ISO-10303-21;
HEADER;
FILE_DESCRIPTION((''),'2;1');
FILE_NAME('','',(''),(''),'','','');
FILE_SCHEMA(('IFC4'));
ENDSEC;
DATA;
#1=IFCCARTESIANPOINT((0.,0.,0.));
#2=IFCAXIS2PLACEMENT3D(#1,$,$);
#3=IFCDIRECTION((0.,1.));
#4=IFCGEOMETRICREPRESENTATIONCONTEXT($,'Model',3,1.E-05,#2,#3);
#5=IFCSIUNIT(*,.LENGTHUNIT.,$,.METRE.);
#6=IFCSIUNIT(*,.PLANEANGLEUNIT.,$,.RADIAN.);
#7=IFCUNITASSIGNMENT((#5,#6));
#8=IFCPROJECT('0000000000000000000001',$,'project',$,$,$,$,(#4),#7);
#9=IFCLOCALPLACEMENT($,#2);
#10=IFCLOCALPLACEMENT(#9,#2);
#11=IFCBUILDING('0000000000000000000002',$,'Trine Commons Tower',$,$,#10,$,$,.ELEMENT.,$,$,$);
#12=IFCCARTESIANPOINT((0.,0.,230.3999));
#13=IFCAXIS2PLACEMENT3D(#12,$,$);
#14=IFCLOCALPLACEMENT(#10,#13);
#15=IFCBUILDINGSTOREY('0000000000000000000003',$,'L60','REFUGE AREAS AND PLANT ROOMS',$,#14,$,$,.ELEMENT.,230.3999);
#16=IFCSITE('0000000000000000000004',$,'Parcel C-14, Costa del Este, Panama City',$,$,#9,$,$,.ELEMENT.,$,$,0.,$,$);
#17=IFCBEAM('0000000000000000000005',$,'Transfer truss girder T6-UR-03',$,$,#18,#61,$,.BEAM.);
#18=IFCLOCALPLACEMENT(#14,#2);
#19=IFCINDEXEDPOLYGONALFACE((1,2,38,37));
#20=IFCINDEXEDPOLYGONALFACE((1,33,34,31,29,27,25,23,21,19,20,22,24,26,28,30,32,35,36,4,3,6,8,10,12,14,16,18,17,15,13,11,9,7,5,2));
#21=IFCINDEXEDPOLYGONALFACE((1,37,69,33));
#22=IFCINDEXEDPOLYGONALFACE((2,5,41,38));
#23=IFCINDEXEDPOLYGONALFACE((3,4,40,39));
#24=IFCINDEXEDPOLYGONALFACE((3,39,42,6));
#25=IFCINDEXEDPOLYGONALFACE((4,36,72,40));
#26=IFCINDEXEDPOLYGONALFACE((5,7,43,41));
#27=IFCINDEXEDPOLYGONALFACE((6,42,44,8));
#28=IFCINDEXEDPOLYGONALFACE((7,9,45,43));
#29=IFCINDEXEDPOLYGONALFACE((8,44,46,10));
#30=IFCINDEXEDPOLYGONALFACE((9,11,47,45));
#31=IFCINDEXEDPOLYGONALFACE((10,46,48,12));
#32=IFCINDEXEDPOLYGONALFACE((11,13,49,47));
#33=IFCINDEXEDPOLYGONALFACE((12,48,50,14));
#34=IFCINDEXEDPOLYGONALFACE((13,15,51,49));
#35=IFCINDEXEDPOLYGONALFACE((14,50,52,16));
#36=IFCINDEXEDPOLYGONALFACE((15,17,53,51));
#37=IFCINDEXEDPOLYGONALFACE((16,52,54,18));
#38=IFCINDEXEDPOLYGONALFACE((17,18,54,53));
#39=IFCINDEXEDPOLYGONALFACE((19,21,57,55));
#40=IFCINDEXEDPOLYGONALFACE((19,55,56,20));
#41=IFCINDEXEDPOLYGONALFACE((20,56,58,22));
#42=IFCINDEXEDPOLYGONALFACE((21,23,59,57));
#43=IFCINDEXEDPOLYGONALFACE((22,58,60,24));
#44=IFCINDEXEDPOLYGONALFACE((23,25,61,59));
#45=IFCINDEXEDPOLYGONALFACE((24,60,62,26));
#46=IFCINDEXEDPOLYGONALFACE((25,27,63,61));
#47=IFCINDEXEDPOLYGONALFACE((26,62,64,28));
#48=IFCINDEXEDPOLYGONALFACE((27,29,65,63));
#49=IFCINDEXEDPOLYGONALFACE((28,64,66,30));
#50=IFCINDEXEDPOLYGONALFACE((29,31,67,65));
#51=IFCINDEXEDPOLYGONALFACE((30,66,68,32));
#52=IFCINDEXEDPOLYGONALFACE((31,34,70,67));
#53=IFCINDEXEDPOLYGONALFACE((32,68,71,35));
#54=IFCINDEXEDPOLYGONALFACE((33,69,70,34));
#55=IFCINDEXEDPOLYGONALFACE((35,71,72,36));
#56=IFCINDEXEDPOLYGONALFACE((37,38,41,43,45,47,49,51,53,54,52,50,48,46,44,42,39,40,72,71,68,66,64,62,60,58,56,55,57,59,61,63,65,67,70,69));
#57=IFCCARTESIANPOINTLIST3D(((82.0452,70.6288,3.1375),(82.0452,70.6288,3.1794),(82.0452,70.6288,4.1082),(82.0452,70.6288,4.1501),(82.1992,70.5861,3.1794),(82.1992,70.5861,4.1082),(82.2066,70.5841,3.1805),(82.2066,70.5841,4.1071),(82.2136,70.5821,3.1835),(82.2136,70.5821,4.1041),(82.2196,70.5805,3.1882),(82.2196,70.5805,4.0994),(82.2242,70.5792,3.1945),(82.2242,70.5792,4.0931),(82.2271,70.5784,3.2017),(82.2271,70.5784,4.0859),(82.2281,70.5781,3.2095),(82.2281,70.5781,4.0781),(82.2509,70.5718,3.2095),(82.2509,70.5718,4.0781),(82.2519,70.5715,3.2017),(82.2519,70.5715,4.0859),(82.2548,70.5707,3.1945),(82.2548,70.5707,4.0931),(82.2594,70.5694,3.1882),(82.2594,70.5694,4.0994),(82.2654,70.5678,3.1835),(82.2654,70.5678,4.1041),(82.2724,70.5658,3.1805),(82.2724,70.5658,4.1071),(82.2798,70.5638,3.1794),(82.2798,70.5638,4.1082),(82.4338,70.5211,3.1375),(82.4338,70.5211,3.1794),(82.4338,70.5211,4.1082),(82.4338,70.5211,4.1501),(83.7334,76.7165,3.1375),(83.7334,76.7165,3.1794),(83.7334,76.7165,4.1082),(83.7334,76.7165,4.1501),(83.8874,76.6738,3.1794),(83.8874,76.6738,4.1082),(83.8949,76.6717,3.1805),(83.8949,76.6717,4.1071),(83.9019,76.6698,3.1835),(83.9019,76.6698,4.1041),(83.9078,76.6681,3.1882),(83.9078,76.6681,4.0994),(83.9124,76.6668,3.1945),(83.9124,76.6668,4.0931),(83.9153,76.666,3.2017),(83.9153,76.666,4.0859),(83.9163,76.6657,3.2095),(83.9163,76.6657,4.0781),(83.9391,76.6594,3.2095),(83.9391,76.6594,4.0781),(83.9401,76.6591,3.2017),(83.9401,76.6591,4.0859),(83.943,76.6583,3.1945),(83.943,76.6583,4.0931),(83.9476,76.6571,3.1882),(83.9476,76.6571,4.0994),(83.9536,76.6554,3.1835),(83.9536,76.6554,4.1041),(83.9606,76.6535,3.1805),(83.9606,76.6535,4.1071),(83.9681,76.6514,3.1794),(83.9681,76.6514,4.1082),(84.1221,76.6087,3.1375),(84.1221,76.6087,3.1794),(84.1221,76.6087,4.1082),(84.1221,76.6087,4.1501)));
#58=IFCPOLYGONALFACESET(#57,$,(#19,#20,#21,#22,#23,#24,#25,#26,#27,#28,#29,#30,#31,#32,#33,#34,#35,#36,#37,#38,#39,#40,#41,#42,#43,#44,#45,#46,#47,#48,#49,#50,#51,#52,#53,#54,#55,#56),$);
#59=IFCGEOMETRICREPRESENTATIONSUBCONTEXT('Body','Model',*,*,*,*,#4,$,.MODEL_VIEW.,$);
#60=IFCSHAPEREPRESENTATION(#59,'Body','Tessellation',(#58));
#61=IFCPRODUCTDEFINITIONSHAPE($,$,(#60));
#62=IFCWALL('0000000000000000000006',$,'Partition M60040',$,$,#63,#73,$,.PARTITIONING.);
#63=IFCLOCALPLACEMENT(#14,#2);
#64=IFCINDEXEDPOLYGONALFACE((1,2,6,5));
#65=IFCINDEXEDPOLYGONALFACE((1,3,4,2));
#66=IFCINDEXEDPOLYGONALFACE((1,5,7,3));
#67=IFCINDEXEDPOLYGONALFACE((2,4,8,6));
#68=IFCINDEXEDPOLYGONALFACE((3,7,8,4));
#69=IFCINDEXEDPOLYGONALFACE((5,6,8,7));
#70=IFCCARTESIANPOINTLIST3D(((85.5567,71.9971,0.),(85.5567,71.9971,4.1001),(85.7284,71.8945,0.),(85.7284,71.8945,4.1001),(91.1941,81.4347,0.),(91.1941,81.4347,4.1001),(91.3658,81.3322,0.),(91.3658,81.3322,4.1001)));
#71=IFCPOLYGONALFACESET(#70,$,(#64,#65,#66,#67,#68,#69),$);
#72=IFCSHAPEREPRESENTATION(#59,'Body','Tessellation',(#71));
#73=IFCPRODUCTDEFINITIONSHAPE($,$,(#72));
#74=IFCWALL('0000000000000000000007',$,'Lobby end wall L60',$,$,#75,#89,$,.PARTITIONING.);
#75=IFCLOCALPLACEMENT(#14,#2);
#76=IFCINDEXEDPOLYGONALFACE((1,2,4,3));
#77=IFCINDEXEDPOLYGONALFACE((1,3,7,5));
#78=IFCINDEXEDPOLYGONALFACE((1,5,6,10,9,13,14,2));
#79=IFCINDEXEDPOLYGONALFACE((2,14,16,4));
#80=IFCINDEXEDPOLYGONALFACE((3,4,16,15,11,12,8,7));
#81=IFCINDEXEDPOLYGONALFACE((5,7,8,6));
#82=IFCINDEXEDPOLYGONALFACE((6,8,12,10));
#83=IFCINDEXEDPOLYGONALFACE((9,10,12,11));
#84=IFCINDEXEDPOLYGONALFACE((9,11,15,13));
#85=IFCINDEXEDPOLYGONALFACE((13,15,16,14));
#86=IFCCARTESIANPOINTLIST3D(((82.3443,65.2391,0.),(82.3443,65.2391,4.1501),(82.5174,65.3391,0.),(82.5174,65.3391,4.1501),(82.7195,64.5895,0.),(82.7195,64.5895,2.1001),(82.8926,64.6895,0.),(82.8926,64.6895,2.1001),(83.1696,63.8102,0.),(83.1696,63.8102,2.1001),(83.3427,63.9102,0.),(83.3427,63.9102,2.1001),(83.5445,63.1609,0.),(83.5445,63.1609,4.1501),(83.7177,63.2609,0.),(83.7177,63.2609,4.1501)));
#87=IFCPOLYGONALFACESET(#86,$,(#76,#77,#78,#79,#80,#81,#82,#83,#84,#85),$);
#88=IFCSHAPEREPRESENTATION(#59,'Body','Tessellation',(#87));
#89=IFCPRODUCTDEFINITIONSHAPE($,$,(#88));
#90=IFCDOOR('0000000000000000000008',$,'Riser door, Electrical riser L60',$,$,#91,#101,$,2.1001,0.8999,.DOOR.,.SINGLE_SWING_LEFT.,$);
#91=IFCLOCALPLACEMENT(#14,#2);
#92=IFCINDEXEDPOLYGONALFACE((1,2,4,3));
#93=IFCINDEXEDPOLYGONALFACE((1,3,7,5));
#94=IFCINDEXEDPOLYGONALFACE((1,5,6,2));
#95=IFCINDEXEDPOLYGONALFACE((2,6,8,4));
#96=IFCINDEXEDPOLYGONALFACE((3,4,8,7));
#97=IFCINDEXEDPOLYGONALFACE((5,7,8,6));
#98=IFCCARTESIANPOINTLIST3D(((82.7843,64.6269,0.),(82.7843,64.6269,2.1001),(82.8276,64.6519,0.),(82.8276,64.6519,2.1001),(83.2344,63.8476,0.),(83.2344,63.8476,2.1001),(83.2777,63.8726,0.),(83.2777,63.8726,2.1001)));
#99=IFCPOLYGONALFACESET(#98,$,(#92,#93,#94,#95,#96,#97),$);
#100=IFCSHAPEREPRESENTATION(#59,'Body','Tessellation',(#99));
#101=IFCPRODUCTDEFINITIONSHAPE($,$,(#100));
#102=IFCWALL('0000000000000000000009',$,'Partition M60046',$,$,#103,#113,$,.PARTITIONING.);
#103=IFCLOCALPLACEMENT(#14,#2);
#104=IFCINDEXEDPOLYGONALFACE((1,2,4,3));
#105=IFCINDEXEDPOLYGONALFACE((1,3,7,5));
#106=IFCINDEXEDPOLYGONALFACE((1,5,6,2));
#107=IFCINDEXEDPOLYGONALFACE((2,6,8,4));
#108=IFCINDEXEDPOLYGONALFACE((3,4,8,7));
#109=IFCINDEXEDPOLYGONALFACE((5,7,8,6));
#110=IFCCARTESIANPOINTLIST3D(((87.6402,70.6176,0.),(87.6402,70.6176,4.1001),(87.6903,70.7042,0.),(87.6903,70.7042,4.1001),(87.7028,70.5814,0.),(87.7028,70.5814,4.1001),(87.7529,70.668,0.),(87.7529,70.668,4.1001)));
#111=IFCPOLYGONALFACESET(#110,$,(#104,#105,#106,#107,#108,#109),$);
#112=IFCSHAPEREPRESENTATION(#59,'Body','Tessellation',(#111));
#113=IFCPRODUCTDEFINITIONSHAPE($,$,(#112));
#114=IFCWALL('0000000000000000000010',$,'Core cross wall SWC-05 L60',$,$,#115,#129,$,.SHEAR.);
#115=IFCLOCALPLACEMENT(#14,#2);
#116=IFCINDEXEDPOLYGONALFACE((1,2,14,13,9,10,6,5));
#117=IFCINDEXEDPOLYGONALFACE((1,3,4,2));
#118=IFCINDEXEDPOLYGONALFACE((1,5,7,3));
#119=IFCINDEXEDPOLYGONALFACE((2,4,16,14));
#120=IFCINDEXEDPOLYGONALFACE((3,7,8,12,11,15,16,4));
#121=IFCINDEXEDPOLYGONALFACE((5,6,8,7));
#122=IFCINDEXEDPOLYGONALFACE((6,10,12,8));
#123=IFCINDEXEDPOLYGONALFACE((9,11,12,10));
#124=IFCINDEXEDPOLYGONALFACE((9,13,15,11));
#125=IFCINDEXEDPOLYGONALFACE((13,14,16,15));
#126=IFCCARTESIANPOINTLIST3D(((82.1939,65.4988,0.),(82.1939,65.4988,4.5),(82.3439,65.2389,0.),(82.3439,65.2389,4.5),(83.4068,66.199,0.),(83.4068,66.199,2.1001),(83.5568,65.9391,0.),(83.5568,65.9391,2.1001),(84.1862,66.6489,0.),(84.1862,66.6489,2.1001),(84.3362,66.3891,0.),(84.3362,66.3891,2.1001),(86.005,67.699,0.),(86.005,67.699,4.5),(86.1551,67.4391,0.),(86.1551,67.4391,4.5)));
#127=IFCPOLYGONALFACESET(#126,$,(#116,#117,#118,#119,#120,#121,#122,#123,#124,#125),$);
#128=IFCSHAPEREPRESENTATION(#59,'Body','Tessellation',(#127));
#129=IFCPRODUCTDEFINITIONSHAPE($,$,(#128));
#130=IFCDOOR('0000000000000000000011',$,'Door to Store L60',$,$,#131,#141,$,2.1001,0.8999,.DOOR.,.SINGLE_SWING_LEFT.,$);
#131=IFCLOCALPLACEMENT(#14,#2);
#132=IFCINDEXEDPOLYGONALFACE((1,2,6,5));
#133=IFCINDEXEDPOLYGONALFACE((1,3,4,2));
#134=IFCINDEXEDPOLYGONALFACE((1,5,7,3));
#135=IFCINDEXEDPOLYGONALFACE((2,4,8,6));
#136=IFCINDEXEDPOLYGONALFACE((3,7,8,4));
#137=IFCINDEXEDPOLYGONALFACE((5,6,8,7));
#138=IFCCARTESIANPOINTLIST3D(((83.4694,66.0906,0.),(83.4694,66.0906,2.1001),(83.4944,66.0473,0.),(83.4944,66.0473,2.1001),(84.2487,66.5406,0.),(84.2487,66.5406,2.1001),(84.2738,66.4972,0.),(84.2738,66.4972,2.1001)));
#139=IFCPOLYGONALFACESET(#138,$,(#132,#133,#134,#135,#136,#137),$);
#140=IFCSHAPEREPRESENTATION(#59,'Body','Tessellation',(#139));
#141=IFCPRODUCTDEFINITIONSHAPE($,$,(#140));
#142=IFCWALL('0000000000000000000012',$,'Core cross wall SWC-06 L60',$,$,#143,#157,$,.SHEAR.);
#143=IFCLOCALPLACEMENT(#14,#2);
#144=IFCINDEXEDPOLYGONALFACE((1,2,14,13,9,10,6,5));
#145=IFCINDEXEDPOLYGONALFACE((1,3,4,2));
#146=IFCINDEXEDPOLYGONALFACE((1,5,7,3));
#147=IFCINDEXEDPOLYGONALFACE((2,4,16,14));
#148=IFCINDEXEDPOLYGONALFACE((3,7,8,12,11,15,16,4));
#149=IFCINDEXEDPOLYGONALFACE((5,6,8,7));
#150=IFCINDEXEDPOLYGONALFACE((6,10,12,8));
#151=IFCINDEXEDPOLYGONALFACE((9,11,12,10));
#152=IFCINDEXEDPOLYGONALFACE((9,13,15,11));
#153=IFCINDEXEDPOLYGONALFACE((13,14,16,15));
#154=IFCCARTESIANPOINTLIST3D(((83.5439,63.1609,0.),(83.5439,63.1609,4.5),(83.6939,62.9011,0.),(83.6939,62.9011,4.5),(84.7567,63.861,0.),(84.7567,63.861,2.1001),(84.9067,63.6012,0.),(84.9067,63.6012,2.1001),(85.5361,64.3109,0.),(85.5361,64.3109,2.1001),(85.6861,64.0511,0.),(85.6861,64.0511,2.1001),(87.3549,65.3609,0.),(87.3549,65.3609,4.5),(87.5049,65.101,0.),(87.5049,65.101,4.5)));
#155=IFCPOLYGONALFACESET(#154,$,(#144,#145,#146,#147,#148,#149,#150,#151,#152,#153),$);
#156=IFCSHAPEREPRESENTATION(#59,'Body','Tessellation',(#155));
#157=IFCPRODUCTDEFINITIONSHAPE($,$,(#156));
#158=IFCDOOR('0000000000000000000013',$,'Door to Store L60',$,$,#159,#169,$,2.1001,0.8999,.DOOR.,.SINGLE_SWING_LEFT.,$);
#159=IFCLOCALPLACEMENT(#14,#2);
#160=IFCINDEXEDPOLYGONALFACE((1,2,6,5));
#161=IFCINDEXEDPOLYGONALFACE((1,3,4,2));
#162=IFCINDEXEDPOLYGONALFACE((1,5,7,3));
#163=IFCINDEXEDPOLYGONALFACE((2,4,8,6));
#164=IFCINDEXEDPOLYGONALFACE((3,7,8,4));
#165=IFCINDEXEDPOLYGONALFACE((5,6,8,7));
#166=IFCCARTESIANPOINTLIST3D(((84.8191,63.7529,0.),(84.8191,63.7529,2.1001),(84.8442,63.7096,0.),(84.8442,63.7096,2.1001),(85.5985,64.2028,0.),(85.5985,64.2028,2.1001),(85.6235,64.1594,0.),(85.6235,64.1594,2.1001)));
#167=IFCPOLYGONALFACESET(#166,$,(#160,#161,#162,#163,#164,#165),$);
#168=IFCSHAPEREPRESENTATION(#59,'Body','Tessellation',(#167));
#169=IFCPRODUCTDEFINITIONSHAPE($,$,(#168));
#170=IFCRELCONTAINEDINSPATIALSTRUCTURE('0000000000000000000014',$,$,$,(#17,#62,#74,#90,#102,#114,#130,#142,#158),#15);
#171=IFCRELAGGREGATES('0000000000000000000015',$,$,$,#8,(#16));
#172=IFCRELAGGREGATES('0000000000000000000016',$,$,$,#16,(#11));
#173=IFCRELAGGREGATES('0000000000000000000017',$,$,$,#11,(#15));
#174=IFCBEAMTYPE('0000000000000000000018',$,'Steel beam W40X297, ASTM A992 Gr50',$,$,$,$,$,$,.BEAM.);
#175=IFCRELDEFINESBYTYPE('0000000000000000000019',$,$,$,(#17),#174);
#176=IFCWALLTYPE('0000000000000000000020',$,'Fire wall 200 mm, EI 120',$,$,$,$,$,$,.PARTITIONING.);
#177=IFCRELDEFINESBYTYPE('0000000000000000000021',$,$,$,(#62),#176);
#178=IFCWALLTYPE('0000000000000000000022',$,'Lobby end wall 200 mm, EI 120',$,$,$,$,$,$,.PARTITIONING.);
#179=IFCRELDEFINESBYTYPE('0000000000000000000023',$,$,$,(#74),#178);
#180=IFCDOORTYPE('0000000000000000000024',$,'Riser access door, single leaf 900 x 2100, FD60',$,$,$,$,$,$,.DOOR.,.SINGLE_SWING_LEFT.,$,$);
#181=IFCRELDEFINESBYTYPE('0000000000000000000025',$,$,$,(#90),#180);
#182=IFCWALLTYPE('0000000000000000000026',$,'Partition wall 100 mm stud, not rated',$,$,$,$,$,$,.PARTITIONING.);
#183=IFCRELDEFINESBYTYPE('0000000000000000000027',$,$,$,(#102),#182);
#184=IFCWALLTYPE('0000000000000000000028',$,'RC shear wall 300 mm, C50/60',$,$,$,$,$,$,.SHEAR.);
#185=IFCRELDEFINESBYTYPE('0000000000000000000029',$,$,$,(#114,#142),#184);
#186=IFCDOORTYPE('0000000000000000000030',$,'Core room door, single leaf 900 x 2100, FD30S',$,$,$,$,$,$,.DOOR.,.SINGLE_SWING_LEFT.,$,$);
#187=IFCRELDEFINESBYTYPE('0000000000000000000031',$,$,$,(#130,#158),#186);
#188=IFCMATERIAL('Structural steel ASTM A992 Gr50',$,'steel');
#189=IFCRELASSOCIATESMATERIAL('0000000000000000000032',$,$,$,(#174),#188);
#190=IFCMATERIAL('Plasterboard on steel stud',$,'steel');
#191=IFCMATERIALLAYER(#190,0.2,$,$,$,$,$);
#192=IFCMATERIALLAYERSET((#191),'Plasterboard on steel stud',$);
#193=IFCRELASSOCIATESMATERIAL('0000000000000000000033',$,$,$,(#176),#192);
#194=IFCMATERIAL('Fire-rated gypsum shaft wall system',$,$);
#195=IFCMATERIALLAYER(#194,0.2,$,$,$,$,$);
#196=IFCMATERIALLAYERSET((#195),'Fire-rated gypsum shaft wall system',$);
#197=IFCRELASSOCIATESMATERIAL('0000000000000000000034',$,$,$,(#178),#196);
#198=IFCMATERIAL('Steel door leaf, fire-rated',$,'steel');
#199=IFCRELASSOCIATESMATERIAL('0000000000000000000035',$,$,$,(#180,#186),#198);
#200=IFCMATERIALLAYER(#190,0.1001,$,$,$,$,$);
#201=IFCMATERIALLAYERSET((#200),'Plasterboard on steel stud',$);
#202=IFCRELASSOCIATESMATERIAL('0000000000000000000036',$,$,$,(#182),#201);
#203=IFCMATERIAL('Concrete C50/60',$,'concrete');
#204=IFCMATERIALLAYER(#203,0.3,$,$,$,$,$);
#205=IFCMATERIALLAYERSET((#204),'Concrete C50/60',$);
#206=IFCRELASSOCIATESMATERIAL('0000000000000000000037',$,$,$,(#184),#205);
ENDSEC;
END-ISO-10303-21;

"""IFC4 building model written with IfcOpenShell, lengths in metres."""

from ifc_helpers import new_model, si_unit, direction, frame, frame_2d, origin, origin_2d, place, context, subcontext, project, spatial, rectangle, i_section, extrude, material, layer, layer_set, material_profile, profile_set, type_object, element, fill, save


model = new_model("IFC4")

# Units and contexts
model_context = context("Model", 3, precision=1e-05, world=origin(), true_north=direction((0.0, 1.0)))
body_context = subcontext(model_context, "Body", "Model", "MODEL_VIEW")
ifc_project = project(units=[si_unit("LENGTHUNIT", "METRE"), si_unit("PLANEANGLEUNIT", "RADIAN")], contexts=[model_context])

# Site, building, storey
site_placement = place(None, origin())
site = spatial("IfcSite", under=ifc_project, at=site_placement, Name="Parcel C-14, Costa del Este, Panama City", CompositionType="ELEMENT", RefElevation=0.0)
building_placement = place(site_placement, origin())
building = spatial("IfcBuilding", under=site, at=building_placement, Name="Trine Commons Tower", CompositionType="ELEMENT")
storey_placement = place(building_placement, frame((0.0, 0.0, 230.3999)))
storey = spatial("IfcBuildingStorey", under=building, at=storey_placement, Name="L60", Description="REFUGE AREAS AND PLANT ROOMS", CompositionType="ELEMENT", Elevation=230.3999)

# Beam
ifc_material_1 = material(Name="Structural steel ASTM A992 Gr50", Category="steel")
ifc_material_profile = material_profile(ifc_material_1, i_section(OverallWidth=0.4033, OverallDepth=1.0127, WebThickness=0.0237, FlangeThickness=0.042, FilletRadius=0.03, at=origin_2d()), Name="W40X297")
ifc_profile_set = profile_set([ifc_material_profile], Name="Structural steel ASTM A992 Gr50")
beam_type = type_object("IfcBeamType", Name="Steel beam W40X297, ASTM A992 Gr50", PredefinedType="BEAM", material=ifc_profile_set)
beam_placement = place(storey_placement, frame((82.2395, 70.575, 3.6438), z_axis=(0.267235, 0.963631, 0.0), x_axis=(-0.963631, 0.267235, 0.0)))
element("IfcBeam", 1, at=beam_placement, inside=storey, type_object=beam_type, Name="Transfer truss girder T6-UR-03", PredefinedType="BEAM", context=body_context, shape_type="SweptSolid", body=[
    extrude(i_section(OverallWidth=0.4033, OverallDepth=1.0127, WebThickness=0.0237, FlangeThickness=0.042, FilletRadius=0.03, at=origin_2d()), origin(), (0.0, 0.0, 1.0), 6.3174),
])

# Wall
ifc_material_2 = material(Name="Plasterboard on steel stud", Category="steel")
ifc_layer_1 = layer(ifc_material_2, 0.2)
ifc_layer_set_1 = layer_set([ifc_layer_1], Name="Plasterboard on steel stud")
wall_type_1 = type_object("IfcWallType", Name="Fire wall 200 mm, EI 120", PredefinedType="PARTITIONING", material=ifc_layer_set_1)
wall_1_placement = place(storey_placement, frame((85.6426, 71.9458, 0.0), z_axis=(0.0, 0.0, 1.0), x_axis=(0.51281, 0.858502, 0.0)))
element("IfcWall", 2, at=wall_1_placement, inside=storey, type_object=wall_type_1, Name="Partition M60040", PredefinedType="PARTITIONING", context=body_context, shape_type="SweptSolid", body=[
    extrude(rectangle(XDim=10.9932, YDim=0.2, at=frame_2d((5.4966, 0.0))), origin(), (0.0, 0.0, 1.0), 4.1001),
])

# Wall, opening, door
ifc_material_3 = material(Name="Fire-rated gypsum shaft wall system")
ifc_layer_2 = layer(ifc_material_3, 0.2)
ifc_layer_set_2 = layer_set([ifc_layer_2], Name="Fire-rated gypsum shaft wall system")
wall_type_2 = type_object("IfcWallType", Name="Lobby end wall 200 mm, EI 120", PredefinedType="PARTITIONING", material=ifc_layer_set_2)
wall_2_placement = place(storey_placement, frame((83.6311, 63.2109, 0.0), z_axis=(0.0, 0.0, 1.0), x_axis=(-0.500122, 0.865955, 0.0)))
wall_2 = element("IfcWall", 3, at=wall_2_placement, inside=storey, type_object=wall_type_2, Name="Lobby end wall L60", PredefinedType="PARTITIONING", context=body_context, shape_type="SweptSolid", body=[
    extrude(rectangle(XDim=2.3999, YDim=0.2, at=frame_2d((1.2, 0.0))), origin(), (0.0, 0.0, 1.0), 4.1501),
])
opening_1_placement = place(wall_2_placement, frame((0.7498, 0.0, 0.0)))
opening_1 = element("IfcOpeningElement", 4, at=opening_1_placement, cuts=wall_2, PredefinedType="OPENING", context=body_context, shape_type="SweptSolid", body=[
    extrude(rectangle(XDim=0.8999, YDim=2.1001, at=frame_2d((0.45, 1.05))), frame((0.0, 0.1099, 0.0), z_axis=(0.0, -1.0, 0.0), x_axis=(1.0, 0.0, 0.0)), (0.0, 0.0, 1.0), 0.22),
])
ifc_material_4 = material(Name="Steel door leaf, fire-rated", Category="steel")
door_type_1 = type_object("IfcDoorType", Name="Riser access door, single leaf 900 x 2100, FD60", OperationType="SINGLE_SWING_LEFT", PredefinedType="DOOR", material=ifc_material_4)
door_1_placement = place(opening_1_placement, frame((0.8999, 0.0, 0.0), z_axis=(0.0, 0.0, 1.0), x_axis=(-1.0, 0.0, 0.0)))
door_1 = element("IfcDoor", 5, at=door_1_placement, inside=storey, type_object=door_type_1, Name="Riser door, Electrical riser L60", OperationType="SINGLE_SWING_LEFT", OverallHeight=2.1001, OverallWidth=0.8999, PredefinedType="DOOR", context=body_context, shape_type="SweptSolid", body=[
    extrude(rectangle(XDim=0.8999, YDim=2.1001, at=frame_2d((0.45, 1.05))), frame((0.0, 0.0249, 0.0), z_axis=(0.0, -1.0, 0.0), x_axis=(1.0, 0.0, 0.0)), (0.0, 0.0, 1.0), 0.05),
])
fill(opening_1, door_1)

# Wall
ifc_layer_3 = layer(ifc_material_2, 0.1001)
ifc_layer_set_3 = layer_set([ifc_layer_3], Name="Plasterboard on steel stud")
wall_type_3 = type_object("IfcWallType", Name="Partition wall 100 mm stud, not rated", PredefinedType="PARTITIONING", material=ifc_layer_set_3)
wall_3_placement = place(storey_placement, frame((87.6653, 70.6609, 0.0), z_axis=(0.0, 0.0, 1.0), x_axis=(0.865735, -0.500503, 0.0)))
element("IfcWall", 6, at=wall_3_placement, inside=storey, type_object=wall_type_3, Name="Partition M60046", PredefinedType="PARTITIONING", context=body_context, shape_type="SweptSolid", body=[
    extrude(rectangle(XDim=0.0723, YDim=0.1001, at=frame_2d((0.0361, 0.0))), origin(), (0.0, 0.0, 1.0), 4.1001),
])

# Walls, openings, doors
ifc_material_5 = material(Name="Concrete C50/60", Category="concrete")
ifc_layer_4 = layer(ifc_material_5, 0.3)
ifc_layer_set_4 = layer_set([ifc_layer_4], Name="Concrete C50/60")
wall_type_4 = type_object("IfcWallType", Name="RC shear wall 300 mm, C50/60", PredefinedType="SHEAR", material=ifc_layer_set_4)
wall_4_placement = place(storey_placement, frame((82.269, 65.3689, 0.0), z_axis=(0.0, 0.0, 1.0), x_axis=(0.866036, 0.499982, 0.0)))
wall_4 = element("IfcWall", 7, at=wall_4_placement, inside=storey, type_object=wall_type_4, Name="Core cross wall SWC-05 L60", PredefinedType="SHEAR", context=body_context, shape_type="SweptSolid", body=[
    extrude(rectangle(XDim=4.4006, YDim=0.3, at=frame_2d((2.2002, 0.0))), origin(), (0.0, 0.0, 1.0), 4.5),
])
opening_2_placement = place(wall_4_placement, frame((1.4004, 0.0, 0.0)))
opening_2 = element("IfcOpeningElement", 8, at=opening_2_placement, cuts=wall_4, PredefinedType="OPENING", context=body_context, shape_type="SweptSolid", body=[
    extrude(rectangle(XDim=0.8999, YDim=2.1001, at=frame_2d((0.45, 1.05))), frame((0.0, 0.1599, 0.0), z_axis=(0.0, -1.0, 0.0), x_axis=(1.0, 0.0, 0.0)), (0.0, 0.0, 1.0), 0.3201),
])
door_type_2 = type_object("IfcDoorType", Name="Core room door, single leaf 900 x 2100, FD30S", OperationType="SINGLE_SWING_LEFT", PredefinedType="DOOR", material=ifc_material_4)
door_2_placement = place(opening_2_placement, origin())
door_2 = element("IfcDoor", 9, at=door_2_placement, inside=storey, type_object=door_type_2, Name="Door to Store L60", OperationType="SINGLE_SWING_LEFT", OverallHeight=2.1001, OverallWidth=0.8999, PredefinedType="DOOR", context=body_context, shape_type="SweptSolid", body=[
    extrude(rectangle(XDim=0.8999, YDim=2.1001, at=frame_2d((0.45, 1.05))), frame((0.0, 0.0249, 0.0), z_axis=(0.0, -1.0, 0.0), x_axis=(1.0, 0.0, 0.0)), (0.0, 0.0, 1.0), 0.05),
])
fill(opening_2, door_2)
wall_5_placement = place(storey_placement, frame((83.6189, 63.031, 0.0), z_axis=(0.0, 0.0, 1.0), x_axis=(0.86606, 0.49994, 0.0)))
wall_5 = element("IfcWall", 10, at=wall_5_placement, inside=storey, type_object=wall_type_4, Name="Core cross wall SWC-06 L60", PredefinedType="SHEAR", context=body_context, shape_type="SweptSolid", body=[
    extrude(rectangle(XDim=4.4004, YDim=0.3, at=frame_2d((2.2002, 0.0))), origin(), (0.0, 0.0, 1.0), 4.5),
])
opening_3_placement = place(wall_5_placement, frame((1.4004, 0.0, 0.0)))
opening_3 = element("IfcOpeningElement", 11, at=opening_3_placement, cuts=wall_5, PredefinedType="OPENING", context=body_context, shape_type="SweptSolid", body=[
    extrude(rectangle(XDim=0.8999, YDim=2.1001, at=frame_2d((0.45, 1.05))), frame((0.0, 0.1599, 0.0), z_axis=(0.0, -1.0, 0.0), x_axis=(1.0, 0.0, 0.0)), (0.0, 0.0, 1.0), 0.3201),
])
door_3_placement = place(opening_3_placement, frame((0.8999, 0.0, 0.0), z_axis=(0.0, 0.0, 1.0), x_axis=(-1.0, 0.0, 0.0)))
door_3 = element("IfcDoor", 12, at=door_3_placement, inside=storey, type_object=door_type_2, Name="Door to Store L60", OperationType="SINGLE_SWING_LEFT", OverallHeight=2.1001, OverallWidth=0.8999, PredefinedType="DOOR", context=body_context, shape_type="SweptSolid", body=[
    extrude(rectangle(XDim=0.8999, YDim=2.1001, at=frame_2d((0.45, 1.05))), frame((0.0, 0.0249, 0.0), z_axis=(0.0, -1.0, 0.0), x_axis=(1.0, 0.0, 0.0)), (0.0, 0.0, 1.0), 0.05),
])
fill(opening_3, door_3)

save(model, "model.ifc")
